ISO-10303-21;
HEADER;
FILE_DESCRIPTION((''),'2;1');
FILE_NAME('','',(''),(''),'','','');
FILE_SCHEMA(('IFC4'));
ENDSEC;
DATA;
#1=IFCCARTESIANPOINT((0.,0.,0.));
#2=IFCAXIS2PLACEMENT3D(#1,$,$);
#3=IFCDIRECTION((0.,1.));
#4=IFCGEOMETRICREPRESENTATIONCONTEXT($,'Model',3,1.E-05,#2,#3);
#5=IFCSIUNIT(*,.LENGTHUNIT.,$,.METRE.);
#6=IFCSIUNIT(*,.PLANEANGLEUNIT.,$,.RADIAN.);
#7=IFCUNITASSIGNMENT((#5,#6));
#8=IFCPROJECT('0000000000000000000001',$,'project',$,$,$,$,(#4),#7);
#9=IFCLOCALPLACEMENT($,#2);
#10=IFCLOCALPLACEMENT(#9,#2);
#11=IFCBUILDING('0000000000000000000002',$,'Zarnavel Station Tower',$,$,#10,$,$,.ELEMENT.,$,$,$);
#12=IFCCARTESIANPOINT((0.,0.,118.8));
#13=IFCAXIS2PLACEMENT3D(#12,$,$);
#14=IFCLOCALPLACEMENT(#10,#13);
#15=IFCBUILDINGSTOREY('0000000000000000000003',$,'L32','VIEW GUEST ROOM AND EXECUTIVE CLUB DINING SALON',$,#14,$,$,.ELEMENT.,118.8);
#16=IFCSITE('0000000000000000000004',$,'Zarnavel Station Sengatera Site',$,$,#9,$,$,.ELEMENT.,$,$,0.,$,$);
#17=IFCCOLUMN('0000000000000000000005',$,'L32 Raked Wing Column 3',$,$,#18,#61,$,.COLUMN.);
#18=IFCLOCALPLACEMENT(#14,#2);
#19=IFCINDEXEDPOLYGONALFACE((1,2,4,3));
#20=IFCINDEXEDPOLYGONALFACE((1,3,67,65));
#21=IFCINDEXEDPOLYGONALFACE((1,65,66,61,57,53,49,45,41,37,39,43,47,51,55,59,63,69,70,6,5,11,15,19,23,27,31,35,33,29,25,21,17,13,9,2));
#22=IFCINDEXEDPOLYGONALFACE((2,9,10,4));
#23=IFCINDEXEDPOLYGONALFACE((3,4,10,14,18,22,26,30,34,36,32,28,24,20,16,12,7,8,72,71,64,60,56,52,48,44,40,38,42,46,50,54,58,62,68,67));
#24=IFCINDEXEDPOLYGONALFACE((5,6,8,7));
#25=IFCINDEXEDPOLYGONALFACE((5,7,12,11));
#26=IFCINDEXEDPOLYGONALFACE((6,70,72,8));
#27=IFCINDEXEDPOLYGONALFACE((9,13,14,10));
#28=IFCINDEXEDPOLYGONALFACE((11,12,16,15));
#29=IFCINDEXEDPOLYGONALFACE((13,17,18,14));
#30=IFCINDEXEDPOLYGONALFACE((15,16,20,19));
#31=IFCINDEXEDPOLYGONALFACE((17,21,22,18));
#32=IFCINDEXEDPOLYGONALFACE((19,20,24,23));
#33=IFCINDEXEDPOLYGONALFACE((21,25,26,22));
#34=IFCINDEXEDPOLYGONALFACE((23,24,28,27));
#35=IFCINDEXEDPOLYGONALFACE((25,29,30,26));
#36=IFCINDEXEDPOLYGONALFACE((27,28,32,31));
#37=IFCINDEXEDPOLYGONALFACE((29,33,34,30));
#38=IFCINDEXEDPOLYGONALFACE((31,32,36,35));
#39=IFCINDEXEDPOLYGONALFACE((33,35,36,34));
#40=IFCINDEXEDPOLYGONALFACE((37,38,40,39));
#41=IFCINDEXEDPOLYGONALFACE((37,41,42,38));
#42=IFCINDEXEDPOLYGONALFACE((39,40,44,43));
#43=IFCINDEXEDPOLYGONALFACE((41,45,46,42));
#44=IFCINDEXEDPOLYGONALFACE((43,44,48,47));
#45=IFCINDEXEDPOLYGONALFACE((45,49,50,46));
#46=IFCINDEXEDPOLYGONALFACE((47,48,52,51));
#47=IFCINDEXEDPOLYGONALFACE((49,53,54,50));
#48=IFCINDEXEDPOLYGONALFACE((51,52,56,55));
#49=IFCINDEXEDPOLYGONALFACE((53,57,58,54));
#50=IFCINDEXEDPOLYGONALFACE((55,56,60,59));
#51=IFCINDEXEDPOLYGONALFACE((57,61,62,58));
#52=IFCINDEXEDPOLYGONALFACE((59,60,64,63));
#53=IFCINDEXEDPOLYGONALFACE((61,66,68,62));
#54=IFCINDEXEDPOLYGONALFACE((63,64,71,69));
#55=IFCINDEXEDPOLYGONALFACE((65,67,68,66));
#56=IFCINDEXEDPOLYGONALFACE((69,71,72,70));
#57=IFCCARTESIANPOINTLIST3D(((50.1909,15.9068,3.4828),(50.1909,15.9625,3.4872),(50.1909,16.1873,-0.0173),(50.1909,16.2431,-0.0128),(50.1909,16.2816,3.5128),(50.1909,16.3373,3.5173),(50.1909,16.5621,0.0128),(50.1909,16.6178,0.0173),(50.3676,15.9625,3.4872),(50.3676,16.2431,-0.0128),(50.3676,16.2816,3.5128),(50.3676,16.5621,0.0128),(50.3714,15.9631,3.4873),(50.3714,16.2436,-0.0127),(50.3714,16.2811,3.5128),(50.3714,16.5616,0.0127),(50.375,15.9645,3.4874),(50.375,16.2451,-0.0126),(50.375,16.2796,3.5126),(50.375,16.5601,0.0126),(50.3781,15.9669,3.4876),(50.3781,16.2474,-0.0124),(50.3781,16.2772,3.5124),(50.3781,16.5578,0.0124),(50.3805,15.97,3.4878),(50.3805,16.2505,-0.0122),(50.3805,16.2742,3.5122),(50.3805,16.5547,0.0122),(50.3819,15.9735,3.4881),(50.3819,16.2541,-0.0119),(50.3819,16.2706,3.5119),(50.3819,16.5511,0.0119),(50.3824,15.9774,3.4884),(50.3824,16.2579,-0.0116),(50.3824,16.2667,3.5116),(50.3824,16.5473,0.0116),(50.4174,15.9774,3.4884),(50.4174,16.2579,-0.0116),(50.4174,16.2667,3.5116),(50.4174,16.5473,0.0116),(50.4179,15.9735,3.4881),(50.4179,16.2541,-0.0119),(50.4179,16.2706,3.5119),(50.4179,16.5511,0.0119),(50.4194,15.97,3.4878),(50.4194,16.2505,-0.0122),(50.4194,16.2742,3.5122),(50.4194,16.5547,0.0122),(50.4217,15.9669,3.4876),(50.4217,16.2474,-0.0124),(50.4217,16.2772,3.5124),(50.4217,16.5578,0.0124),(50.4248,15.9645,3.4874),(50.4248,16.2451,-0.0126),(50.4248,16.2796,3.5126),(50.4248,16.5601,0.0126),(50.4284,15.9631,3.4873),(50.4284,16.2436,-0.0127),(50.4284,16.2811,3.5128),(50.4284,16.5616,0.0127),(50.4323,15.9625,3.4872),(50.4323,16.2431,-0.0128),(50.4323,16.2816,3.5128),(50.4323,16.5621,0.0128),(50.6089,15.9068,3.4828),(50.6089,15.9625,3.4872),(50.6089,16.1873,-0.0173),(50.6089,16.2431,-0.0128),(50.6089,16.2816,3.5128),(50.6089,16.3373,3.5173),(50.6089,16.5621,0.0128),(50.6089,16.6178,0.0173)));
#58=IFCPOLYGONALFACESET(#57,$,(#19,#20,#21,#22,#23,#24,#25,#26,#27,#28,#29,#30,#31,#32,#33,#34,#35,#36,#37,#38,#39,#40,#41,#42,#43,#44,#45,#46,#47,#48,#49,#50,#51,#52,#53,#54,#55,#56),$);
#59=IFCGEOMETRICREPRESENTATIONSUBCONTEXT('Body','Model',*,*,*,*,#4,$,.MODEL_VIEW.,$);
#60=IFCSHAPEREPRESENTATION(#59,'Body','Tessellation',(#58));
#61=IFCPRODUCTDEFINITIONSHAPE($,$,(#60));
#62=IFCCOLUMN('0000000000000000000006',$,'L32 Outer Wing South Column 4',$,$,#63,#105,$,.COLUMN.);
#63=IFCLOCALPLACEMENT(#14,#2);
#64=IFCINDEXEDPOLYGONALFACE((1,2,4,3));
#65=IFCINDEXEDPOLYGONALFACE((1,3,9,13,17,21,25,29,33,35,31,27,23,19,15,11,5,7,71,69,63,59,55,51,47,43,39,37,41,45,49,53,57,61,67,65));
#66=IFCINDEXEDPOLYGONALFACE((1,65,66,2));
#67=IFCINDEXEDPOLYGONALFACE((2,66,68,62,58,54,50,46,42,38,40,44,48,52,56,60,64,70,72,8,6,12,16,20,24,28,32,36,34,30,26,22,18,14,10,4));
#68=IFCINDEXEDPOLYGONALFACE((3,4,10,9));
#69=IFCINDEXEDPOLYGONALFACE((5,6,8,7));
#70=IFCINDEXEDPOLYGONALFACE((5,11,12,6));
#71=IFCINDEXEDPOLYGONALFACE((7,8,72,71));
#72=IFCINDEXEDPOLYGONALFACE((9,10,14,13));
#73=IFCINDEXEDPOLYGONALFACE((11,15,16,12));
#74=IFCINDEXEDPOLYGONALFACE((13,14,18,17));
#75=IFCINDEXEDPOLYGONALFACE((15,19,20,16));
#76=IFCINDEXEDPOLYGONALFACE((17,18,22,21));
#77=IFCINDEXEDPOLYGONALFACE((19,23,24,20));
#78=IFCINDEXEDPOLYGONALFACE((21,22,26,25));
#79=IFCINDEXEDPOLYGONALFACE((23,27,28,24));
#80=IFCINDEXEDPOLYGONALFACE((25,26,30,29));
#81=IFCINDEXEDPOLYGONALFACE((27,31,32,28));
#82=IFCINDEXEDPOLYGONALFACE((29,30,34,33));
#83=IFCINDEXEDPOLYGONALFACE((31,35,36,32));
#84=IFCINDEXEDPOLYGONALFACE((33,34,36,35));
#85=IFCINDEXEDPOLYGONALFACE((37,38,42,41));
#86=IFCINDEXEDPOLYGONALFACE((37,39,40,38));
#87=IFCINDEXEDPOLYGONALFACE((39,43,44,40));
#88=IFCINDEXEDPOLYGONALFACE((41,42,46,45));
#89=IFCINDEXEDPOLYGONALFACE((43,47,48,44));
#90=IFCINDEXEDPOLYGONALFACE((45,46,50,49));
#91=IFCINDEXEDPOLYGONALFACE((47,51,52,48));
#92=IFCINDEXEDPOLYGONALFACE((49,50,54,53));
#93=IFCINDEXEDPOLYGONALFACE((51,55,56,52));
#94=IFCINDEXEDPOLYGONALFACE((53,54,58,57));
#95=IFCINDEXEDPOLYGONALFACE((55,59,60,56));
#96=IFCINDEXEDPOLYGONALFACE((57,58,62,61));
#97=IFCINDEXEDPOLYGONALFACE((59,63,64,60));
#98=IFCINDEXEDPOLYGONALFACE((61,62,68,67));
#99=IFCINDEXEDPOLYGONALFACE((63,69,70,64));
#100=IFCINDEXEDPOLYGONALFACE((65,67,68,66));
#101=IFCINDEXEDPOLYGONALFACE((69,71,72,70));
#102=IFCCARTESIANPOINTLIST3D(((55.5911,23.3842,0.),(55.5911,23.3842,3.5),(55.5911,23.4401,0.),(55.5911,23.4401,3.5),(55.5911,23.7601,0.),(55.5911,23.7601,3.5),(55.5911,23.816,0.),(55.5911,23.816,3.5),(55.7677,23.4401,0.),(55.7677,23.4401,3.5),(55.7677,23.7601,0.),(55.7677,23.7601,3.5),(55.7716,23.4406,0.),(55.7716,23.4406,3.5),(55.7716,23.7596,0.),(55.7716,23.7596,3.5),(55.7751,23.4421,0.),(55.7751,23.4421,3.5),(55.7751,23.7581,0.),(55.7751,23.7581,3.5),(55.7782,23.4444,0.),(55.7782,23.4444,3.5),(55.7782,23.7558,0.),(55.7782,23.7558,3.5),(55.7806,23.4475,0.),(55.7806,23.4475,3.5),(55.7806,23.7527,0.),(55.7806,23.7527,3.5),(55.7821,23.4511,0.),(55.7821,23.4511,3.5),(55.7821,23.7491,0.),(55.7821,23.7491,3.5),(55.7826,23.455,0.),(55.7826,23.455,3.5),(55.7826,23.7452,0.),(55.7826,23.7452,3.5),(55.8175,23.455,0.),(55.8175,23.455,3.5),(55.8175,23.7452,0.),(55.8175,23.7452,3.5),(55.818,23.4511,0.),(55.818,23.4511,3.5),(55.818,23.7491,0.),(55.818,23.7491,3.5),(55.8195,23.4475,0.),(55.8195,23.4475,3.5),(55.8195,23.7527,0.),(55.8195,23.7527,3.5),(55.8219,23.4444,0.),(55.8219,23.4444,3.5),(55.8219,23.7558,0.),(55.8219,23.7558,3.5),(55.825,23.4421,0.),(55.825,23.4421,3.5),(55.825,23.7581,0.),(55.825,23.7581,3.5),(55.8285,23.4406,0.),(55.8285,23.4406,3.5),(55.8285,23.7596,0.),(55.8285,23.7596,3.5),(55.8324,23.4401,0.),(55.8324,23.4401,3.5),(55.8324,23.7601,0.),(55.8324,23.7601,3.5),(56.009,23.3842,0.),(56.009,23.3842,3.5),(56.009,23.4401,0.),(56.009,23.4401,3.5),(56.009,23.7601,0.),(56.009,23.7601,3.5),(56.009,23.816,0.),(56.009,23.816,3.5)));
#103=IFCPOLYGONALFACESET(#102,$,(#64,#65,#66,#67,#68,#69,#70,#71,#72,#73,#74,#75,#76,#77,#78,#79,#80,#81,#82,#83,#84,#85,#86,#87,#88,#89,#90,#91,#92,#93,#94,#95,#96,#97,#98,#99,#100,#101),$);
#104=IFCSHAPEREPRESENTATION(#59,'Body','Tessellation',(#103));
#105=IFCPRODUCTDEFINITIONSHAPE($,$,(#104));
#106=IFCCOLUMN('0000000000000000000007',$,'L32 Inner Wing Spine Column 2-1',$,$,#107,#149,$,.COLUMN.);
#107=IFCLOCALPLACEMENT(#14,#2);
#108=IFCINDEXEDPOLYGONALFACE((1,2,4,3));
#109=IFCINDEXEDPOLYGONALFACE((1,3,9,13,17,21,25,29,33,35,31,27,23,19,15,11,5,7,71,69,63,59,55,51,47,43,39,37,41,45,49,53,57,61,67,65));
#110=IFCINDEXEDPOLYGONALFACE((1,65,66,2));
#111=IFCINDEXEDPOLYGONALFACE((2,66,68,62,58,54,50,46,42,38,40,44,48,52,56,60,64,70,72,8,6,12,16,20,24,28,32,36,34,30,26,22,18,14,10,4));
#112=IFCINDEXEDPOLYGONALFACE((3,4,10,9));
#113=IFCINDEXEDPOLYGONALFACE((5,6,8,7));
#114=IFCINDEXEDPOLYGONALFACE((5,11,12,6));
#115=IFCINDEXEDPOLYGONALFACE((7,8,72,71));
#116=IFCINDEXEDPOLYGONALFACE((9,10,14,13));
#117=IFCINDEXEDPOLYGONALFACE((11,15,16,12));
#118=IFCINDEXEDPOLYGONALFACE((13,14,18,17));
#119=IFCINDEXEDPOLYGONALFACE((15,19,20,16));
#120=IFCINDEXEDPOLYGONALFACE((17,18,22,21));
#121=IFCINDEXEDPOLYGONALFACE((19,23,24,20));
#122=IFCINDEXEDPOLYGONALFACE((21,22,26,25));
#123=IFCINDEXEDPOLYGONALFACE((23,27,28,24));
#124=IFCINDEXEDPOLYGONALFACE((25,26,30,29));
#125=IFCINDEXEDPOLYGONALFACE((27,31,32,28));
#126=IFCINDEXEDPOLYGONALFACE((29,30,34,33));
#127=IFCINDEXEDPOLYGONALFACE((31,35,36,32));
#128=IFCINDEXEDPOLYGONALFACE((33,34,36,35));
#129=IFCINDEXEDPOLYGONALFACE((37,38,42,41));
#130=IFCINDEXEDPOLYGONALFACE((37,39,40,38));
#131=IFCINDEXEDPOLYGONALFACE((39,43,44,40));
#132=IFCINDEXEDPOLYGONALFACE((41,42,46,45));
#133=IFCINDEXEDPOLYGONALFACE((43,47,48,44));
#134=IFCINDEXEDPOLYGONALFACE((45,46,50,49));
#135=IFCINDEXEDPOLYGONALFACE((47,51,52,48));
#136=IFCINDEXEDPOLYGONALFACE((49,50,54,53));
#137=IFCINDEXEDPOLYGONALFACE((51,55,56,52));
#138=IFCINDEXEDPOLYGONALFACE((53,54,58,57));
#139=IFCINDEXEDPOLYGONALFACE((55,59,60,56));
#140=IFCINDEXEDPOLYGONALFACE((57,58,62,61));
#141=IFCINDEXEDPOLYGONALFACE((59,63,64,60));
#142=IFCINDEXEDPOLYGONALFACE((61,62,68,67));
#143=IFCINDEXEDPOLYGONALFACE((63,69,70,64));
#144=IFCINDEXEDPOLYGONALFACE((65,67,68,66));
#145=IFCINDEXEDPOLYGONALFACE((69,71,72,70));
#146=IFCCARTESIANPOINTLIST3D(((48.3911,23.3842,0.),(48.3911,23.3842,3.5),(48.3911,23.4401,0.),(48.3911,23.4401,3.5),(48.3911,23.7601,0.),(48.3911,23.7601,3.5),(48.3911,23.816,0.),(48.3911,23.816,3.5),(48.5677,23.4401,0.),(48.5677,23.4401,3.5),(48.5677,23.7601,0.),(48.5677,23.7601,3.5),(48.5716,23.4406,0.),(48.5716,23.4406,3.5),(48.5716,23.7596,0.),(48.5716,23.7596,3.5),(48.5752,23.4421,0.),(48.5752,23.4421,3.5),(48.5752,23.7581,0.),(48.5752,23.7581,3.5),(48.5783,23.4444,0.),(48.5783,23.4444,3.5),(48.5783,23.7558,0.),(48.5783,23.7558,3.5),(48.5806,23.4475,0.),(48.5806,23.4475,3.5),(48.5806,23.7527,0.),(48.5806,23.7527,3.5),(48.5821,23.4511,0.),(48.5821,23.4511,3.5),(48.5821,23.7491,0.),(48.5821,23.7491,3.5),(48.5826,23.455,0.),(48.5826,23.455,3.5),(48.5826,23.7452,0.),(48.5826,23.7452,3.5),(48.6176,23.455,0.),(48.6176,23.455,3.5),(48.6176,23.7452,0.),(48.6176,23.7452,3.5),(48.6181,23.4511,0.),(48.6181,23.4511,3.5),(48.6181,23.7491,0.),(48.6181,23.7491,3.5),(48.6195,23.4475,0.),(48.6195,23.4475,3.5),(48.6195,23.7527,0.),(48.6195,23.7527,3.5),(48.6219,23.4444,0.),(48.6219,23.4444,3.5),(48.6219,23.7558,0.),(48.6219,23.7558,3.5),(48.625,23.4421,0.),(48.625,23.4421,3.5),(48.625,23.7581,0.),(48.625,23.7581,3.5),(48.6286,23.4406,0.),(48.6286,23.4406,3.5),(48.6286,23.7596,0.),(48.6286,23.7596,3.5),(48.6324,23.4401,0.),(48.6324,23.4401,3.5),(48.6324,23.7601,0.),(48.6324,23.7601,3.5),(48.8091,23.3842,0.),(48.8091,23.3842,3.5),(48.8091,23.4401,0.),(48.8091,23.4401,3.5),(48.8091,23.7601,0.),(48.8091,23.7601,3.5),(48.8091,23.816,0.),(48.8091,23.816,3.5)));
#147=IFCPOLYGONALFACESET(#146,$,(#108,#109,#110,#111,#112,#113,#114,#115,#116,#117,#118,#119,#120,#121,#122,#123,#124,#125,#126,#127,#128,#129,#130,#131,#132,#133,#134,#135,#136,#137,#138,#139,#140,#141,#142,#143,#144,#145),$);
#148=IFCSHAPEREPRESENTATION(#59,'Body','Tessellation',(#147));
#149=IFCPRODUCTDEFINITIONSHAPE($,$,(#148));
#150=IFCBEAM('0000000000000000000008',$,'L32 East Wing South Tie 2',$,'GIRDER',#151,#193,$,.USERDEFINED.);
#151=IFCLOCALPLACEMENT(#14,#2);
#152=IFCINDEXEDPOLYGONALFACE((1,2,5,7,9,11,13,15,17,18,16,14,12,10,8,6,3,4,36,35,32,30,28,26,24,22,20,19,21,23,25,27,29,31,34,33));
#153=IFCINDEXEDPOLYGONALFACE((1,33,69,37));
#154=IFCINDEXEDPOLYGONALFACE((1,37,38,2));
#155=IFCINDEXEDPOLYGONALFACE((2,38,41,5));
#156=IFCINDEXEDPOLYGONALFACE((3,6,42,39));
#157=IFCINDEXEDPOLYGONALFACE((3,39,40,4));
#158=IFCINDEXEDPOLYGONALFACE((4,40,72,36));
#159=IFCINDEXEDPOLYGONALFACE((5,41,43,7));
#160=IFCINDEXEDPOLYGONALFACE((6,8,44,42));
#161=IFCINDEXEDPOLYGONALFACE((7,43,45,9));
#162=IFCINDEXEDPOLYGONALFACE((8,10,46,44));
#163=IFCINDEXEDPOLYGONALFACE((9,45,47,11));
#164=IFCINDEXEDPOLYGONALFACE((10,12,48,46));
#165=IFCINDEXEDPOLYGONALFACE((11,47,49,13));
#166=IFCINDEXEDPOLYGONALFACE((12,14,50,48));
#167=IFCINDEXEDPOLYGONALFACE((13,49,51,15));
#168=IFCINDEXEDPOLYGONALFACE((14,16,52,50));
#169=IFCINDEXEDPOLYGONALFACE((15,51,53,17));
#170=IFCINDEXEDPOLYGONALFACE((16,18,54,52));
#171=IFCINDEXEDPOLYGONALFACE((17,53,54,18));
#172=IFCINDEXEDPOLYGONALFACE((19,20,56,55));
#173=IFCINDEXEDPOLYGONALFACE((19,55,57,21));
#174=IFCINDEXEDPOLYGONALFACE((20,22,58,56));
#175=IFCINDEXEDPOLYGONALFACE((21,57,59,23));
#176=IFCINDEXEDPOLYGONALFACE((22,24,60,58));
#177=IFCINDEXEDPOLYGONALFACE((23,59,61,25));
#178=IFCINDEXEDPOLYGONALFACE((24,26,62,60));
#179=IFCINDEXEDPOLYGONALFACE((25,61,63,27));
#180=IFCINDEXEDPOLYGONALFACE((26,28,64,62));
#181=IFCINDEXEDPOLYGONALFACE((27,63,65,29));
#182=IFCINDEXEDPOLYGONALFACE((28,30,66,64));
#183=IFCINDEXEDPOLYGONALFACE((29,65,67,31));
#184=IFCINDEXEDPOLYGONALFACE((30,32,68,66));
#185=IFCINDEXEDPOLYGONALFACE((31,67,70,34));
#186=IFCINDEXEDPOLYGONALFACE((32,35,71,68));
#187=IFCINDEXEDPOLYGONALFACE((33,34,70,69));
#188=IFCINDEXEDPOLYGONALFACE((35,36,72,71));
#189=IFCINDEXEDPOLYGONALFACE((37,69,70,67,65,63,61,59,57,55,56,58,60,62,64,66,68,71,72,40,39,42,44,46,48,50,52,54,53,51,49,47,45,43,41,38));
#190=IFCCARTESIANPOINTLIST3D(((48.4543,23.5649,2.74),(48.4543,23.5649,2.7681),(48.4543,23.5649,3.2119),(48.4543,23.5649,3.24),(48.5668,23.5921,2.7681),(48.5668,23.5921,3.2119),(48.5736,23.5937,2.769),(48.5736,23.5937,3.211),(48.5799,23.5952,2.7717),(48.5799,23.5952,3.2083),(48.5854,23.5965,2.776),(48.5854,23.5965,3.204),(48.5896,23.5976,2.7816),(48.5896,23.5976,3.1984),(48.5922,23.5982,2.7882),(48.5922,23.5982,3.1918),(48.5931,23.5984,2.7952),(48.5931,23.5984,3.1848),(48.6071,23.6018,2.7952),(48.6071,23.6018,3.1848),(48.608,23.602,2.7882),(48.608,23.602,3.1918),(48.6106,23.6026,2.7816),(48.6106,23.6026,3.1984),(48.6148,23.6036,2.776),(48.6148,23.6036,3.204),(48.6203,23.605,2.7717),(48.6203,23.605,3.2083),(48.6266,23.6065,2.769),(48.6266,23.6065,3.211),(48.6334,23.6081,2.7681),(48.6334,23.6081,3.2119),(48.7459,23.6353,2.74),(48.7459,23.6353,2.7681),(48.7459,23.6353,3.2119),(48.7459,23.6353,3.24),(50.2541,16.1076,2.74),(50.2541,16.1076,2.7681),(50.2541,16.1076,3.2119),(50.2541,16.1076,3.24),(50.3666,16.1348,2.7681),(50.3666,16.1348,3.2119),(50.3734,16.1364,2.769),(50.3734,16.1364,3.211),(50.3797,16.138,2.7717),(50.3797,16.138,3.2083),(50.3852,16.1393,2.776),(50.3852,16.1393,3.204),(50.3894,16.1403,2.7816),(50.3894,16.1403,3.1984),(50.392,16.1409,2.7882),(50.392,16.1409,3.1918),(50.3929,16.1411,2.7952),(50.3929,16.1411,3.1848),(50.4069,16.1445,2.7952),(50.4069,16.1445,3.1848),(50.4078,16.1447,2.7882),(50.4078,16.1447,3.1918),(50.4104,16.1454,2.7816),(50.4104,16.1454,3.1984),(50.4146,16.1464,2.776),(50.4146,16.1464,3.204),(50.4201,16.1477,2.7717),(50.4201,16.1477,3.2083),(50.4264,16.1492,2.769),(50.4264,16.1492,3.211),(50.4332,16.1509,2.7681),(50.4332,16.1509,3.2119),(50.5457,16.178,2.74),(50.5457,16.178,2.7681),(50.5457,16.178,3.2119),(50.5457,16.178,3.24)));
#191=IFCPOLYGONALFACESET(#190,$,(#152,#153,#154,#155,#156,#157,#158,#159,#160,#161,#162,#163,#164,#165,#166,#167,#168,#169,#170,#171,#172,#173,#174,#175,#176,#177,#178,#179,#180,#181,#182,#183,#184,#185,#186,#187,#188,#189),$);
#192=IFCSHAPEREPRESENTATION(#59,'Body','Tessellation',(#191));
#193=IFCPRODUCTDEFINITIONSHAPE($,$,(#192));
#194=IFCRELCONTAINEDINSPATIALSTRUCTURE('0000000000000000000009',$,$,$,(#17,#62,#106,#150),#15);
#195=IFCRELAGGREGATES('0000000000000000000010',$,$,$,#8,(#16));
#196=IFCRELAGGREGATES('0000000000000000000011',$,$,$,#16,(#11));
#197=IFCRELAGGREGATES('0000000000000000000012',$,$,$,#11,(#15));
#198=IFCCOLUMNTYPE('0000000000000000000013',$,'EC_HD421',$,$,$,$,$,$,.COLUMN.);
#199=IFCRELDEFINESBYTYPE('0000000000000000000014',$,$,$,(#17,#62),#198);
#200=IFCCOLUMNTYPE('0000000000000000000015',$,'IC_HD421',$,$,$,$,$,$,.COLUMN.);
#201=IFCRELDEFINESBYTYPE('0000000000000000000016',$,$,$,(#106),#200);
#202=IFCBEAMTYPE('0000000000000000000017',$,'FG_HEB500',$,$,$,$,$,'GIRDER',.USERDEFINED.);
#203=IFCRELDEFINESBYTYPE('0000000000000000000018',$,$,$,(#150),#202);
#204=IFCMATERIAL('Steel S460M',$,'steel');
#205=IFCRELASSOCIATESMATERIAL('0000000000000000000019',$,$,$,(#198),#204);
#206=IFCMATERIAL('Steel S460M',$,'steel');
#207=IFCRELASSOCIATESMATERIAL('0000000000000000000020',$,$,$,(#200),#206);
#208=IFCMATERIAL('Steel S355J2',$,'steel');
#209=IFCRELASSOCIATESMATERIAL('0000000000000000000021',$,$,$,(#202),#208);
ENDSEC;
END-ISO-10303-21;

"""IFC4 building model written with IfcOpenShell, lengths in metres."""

from ifc_helpers import new_model, si_unit, direction, frame, origin, origin_2d, place, context, subcontext, project, spatial, i_section, extrude, material, material_profile, profile_set, type_object, element, save


model = new_model("IFC4")

# Units and contexts
model_context = context("Model", 3, precision=1e-05, world=origin(), true_north=direction((0.0, 1.0)))
body_context = subcontext(model_context, "Body", "Model", "MODEL_VIEW")
ifc_project = project(units=[si_unit("LENGTHUNIT", "METRE"), si_unit("PLANEANGLEUNIT", "RADIAN")], contexts=[model_context])

# Site, building, storey
site_placement = place(None, origin())
site = spatial("IfcSite", under=ifc_project, at=site_placement, Name="Zarnavel Station Sengatera Site", CompositionType="ELEMENT", RefElevation=0.0)
building_placement = place(site_placement, origin())
building = spatial("IfcBuilding", under=site, at=building_placement, Name="Zarnavel Station Tower", CompositionType="ELEMENT")
storey_placement = place(building_placement, frame((0.0, 0.0, 118.8)))
storey = spatial("IfcBuildingStorey", under=building, at=storey_placement, Name="L32", Description="VIEW GUEST ROOM AND EXECUTIVE CLUB DINING SALON", CompositionType="ELEMENT", Elevation=118.8)

# Columns
ifc_material_1 = material(Name="Steel S460M", Category="steel")
ifc_material_profile_1 = material_profile(ifc_material_1, i_section(OverallWidth=0.418, OverallDepth=0.4319, WebThickness=0.0349, FlangeThickness=0.0559, FilletRadius=0.0149, at=origin_2d()), Name="HD400x421")
ifc_profile_set_1 = profile_set([ifc_material_profile_1], Name="Steel S460M")
column_type_1 = type_object("IfcColumnType", Name="EC_HD421", PredefinedType="COLUMN", material=ifc_profile_set_1)
column_1_placement = place(storey_placement, frame((50.3999, 16.4026, 0.0), z_axis=(0.0, -0.079892, 0.996804), x_axis=(1.0, 0.0, 0.0)))
element("IfcColumn", 1, at=column_1_placement, inside=storey, type_object=column_type_1, Name="L32 Raked Wing Column 3", PredefinedType="COLUMN", context=body_context, shape_type="SweptSolid", body=[
    extrude(i_section(OverallWidth=0.418, OverallDepth=0.4319, WebThickness=0.0349, FlangeThickness=0.0559, FilletRadius=0.0149, at=origin_2d()), origin(), (0.0, 0.0, 1.0), 3.5112),
])
column_2_placement = place(storey_placement, frame((55.8, 23.6001, 0.0), z_axis=(0.0, 0.0, 1.0), x_axis=(1.0, 0.0, 0.0)))
element("IfcColumn", 2, at=column_2_placement, inside=storey, type_object=column_type_1, Name="L32 Outer Wing South Column 4", PredefinedType="COLUMN", context=body_context, shape_type="SweptSolid", body=[
    extrude(i_section(OverallWidth=0.418, OverallDepth=0.4319, WebThickness=0.0349, FlangeThickness=0.0559, FilletRadius=0.0149, at=origin_2d()), origin(), (0.0, 0.0, 1.0), 3.5),
])
ifc_material_2 = material(Name="Steel S460M", Category="steel")
ifc_material_profile_2 = material_profile(ifc_material_2, i_section(OverallWidth=0.418, OverallDepth=0.4319, WebThickness=0.0349, FlangeThickness=0.0559, FilletRadius=0.0149, at=origin_2d()), Name="HD400x421")
ifc_profile_set_2 = profile_set([ifc_material_profile_2], Name="Steel S460M")
column_type_2 = type_object("IfcColumnType", Name="IC_HD421", PredefinedType="COLUMN", material=ifc_profile_set_2)
column_3_placement = place(storey_placement, frame((48.6001, 23.6001, 0.0), z_axis=(0.0, 0.0, 1.0), x_axis=(1.0, 0.0, 0.0)))
element("IfcColumn", 3, at=column_3_placement, inside=storey, type_object=column_type_2, Name="L32 Inner Wing Spine Column 2-1", PredefinedType="COLUMN", context=body_context, shape_type="SweptSolid", body=[
    extrude(i_section(OverallWidth=0.418, OverallDepth=0.4319, WebThickness=0.0349, FlangeThickness=0.0559, FilletRadius=0.0149, at=origin_2d()), origin(), (0.0, 0.0, 1.0), 3.5),
])

# Beam
ifc_material_3 = material(Name="Steel S355J2", Category="steel")
ifc_material_profile_3 = material_profile(ifc_material_3, i_section(OverallWidth=0.3, OverallDepth=0.5, WebThickness=0.0144, FlangeThickness=0.0281, FilletRadius=0.0271, at=origin_2d()), Name="HEB500")
ifc_profile_set_3 = profile_set([ifc_material_profile_3], Name="Steel S355J2")
beam_type_1 = type_object("IfcBeamType", Name="FG_HEB500", ElementType="GIRDER", PredefinedType="USERDEFINED", material=ifc_profile_set_3)
beam_1_placement = place(storey_placement, frame((48.6001, 23.6001, 2.99), z_axis=(0.234613, -0.972089, 0.0), x_axis=(0.972089, 0.234613, 0.0)))
element("IfcBeam", 4, at=beam_1_placement, inside=storey, type_object=beam_type_1, Name="L32 East Wing South Tie 2", ObjectType="GIRDER", PredefinedType="USERDEFINED", context=body_context, shape_type="SweptSolid", body=[
    extrude(i_section(OverallWidth=0.3, OverallDepth=0.5, WebThickness=0.0144, FlangeThickness=0.0281, FilletRadius=0.0271, at=origin_2d()), origin(), (0.0, 0.0, 1.0), 7.6714),
])

save(model, "model.ifc")
